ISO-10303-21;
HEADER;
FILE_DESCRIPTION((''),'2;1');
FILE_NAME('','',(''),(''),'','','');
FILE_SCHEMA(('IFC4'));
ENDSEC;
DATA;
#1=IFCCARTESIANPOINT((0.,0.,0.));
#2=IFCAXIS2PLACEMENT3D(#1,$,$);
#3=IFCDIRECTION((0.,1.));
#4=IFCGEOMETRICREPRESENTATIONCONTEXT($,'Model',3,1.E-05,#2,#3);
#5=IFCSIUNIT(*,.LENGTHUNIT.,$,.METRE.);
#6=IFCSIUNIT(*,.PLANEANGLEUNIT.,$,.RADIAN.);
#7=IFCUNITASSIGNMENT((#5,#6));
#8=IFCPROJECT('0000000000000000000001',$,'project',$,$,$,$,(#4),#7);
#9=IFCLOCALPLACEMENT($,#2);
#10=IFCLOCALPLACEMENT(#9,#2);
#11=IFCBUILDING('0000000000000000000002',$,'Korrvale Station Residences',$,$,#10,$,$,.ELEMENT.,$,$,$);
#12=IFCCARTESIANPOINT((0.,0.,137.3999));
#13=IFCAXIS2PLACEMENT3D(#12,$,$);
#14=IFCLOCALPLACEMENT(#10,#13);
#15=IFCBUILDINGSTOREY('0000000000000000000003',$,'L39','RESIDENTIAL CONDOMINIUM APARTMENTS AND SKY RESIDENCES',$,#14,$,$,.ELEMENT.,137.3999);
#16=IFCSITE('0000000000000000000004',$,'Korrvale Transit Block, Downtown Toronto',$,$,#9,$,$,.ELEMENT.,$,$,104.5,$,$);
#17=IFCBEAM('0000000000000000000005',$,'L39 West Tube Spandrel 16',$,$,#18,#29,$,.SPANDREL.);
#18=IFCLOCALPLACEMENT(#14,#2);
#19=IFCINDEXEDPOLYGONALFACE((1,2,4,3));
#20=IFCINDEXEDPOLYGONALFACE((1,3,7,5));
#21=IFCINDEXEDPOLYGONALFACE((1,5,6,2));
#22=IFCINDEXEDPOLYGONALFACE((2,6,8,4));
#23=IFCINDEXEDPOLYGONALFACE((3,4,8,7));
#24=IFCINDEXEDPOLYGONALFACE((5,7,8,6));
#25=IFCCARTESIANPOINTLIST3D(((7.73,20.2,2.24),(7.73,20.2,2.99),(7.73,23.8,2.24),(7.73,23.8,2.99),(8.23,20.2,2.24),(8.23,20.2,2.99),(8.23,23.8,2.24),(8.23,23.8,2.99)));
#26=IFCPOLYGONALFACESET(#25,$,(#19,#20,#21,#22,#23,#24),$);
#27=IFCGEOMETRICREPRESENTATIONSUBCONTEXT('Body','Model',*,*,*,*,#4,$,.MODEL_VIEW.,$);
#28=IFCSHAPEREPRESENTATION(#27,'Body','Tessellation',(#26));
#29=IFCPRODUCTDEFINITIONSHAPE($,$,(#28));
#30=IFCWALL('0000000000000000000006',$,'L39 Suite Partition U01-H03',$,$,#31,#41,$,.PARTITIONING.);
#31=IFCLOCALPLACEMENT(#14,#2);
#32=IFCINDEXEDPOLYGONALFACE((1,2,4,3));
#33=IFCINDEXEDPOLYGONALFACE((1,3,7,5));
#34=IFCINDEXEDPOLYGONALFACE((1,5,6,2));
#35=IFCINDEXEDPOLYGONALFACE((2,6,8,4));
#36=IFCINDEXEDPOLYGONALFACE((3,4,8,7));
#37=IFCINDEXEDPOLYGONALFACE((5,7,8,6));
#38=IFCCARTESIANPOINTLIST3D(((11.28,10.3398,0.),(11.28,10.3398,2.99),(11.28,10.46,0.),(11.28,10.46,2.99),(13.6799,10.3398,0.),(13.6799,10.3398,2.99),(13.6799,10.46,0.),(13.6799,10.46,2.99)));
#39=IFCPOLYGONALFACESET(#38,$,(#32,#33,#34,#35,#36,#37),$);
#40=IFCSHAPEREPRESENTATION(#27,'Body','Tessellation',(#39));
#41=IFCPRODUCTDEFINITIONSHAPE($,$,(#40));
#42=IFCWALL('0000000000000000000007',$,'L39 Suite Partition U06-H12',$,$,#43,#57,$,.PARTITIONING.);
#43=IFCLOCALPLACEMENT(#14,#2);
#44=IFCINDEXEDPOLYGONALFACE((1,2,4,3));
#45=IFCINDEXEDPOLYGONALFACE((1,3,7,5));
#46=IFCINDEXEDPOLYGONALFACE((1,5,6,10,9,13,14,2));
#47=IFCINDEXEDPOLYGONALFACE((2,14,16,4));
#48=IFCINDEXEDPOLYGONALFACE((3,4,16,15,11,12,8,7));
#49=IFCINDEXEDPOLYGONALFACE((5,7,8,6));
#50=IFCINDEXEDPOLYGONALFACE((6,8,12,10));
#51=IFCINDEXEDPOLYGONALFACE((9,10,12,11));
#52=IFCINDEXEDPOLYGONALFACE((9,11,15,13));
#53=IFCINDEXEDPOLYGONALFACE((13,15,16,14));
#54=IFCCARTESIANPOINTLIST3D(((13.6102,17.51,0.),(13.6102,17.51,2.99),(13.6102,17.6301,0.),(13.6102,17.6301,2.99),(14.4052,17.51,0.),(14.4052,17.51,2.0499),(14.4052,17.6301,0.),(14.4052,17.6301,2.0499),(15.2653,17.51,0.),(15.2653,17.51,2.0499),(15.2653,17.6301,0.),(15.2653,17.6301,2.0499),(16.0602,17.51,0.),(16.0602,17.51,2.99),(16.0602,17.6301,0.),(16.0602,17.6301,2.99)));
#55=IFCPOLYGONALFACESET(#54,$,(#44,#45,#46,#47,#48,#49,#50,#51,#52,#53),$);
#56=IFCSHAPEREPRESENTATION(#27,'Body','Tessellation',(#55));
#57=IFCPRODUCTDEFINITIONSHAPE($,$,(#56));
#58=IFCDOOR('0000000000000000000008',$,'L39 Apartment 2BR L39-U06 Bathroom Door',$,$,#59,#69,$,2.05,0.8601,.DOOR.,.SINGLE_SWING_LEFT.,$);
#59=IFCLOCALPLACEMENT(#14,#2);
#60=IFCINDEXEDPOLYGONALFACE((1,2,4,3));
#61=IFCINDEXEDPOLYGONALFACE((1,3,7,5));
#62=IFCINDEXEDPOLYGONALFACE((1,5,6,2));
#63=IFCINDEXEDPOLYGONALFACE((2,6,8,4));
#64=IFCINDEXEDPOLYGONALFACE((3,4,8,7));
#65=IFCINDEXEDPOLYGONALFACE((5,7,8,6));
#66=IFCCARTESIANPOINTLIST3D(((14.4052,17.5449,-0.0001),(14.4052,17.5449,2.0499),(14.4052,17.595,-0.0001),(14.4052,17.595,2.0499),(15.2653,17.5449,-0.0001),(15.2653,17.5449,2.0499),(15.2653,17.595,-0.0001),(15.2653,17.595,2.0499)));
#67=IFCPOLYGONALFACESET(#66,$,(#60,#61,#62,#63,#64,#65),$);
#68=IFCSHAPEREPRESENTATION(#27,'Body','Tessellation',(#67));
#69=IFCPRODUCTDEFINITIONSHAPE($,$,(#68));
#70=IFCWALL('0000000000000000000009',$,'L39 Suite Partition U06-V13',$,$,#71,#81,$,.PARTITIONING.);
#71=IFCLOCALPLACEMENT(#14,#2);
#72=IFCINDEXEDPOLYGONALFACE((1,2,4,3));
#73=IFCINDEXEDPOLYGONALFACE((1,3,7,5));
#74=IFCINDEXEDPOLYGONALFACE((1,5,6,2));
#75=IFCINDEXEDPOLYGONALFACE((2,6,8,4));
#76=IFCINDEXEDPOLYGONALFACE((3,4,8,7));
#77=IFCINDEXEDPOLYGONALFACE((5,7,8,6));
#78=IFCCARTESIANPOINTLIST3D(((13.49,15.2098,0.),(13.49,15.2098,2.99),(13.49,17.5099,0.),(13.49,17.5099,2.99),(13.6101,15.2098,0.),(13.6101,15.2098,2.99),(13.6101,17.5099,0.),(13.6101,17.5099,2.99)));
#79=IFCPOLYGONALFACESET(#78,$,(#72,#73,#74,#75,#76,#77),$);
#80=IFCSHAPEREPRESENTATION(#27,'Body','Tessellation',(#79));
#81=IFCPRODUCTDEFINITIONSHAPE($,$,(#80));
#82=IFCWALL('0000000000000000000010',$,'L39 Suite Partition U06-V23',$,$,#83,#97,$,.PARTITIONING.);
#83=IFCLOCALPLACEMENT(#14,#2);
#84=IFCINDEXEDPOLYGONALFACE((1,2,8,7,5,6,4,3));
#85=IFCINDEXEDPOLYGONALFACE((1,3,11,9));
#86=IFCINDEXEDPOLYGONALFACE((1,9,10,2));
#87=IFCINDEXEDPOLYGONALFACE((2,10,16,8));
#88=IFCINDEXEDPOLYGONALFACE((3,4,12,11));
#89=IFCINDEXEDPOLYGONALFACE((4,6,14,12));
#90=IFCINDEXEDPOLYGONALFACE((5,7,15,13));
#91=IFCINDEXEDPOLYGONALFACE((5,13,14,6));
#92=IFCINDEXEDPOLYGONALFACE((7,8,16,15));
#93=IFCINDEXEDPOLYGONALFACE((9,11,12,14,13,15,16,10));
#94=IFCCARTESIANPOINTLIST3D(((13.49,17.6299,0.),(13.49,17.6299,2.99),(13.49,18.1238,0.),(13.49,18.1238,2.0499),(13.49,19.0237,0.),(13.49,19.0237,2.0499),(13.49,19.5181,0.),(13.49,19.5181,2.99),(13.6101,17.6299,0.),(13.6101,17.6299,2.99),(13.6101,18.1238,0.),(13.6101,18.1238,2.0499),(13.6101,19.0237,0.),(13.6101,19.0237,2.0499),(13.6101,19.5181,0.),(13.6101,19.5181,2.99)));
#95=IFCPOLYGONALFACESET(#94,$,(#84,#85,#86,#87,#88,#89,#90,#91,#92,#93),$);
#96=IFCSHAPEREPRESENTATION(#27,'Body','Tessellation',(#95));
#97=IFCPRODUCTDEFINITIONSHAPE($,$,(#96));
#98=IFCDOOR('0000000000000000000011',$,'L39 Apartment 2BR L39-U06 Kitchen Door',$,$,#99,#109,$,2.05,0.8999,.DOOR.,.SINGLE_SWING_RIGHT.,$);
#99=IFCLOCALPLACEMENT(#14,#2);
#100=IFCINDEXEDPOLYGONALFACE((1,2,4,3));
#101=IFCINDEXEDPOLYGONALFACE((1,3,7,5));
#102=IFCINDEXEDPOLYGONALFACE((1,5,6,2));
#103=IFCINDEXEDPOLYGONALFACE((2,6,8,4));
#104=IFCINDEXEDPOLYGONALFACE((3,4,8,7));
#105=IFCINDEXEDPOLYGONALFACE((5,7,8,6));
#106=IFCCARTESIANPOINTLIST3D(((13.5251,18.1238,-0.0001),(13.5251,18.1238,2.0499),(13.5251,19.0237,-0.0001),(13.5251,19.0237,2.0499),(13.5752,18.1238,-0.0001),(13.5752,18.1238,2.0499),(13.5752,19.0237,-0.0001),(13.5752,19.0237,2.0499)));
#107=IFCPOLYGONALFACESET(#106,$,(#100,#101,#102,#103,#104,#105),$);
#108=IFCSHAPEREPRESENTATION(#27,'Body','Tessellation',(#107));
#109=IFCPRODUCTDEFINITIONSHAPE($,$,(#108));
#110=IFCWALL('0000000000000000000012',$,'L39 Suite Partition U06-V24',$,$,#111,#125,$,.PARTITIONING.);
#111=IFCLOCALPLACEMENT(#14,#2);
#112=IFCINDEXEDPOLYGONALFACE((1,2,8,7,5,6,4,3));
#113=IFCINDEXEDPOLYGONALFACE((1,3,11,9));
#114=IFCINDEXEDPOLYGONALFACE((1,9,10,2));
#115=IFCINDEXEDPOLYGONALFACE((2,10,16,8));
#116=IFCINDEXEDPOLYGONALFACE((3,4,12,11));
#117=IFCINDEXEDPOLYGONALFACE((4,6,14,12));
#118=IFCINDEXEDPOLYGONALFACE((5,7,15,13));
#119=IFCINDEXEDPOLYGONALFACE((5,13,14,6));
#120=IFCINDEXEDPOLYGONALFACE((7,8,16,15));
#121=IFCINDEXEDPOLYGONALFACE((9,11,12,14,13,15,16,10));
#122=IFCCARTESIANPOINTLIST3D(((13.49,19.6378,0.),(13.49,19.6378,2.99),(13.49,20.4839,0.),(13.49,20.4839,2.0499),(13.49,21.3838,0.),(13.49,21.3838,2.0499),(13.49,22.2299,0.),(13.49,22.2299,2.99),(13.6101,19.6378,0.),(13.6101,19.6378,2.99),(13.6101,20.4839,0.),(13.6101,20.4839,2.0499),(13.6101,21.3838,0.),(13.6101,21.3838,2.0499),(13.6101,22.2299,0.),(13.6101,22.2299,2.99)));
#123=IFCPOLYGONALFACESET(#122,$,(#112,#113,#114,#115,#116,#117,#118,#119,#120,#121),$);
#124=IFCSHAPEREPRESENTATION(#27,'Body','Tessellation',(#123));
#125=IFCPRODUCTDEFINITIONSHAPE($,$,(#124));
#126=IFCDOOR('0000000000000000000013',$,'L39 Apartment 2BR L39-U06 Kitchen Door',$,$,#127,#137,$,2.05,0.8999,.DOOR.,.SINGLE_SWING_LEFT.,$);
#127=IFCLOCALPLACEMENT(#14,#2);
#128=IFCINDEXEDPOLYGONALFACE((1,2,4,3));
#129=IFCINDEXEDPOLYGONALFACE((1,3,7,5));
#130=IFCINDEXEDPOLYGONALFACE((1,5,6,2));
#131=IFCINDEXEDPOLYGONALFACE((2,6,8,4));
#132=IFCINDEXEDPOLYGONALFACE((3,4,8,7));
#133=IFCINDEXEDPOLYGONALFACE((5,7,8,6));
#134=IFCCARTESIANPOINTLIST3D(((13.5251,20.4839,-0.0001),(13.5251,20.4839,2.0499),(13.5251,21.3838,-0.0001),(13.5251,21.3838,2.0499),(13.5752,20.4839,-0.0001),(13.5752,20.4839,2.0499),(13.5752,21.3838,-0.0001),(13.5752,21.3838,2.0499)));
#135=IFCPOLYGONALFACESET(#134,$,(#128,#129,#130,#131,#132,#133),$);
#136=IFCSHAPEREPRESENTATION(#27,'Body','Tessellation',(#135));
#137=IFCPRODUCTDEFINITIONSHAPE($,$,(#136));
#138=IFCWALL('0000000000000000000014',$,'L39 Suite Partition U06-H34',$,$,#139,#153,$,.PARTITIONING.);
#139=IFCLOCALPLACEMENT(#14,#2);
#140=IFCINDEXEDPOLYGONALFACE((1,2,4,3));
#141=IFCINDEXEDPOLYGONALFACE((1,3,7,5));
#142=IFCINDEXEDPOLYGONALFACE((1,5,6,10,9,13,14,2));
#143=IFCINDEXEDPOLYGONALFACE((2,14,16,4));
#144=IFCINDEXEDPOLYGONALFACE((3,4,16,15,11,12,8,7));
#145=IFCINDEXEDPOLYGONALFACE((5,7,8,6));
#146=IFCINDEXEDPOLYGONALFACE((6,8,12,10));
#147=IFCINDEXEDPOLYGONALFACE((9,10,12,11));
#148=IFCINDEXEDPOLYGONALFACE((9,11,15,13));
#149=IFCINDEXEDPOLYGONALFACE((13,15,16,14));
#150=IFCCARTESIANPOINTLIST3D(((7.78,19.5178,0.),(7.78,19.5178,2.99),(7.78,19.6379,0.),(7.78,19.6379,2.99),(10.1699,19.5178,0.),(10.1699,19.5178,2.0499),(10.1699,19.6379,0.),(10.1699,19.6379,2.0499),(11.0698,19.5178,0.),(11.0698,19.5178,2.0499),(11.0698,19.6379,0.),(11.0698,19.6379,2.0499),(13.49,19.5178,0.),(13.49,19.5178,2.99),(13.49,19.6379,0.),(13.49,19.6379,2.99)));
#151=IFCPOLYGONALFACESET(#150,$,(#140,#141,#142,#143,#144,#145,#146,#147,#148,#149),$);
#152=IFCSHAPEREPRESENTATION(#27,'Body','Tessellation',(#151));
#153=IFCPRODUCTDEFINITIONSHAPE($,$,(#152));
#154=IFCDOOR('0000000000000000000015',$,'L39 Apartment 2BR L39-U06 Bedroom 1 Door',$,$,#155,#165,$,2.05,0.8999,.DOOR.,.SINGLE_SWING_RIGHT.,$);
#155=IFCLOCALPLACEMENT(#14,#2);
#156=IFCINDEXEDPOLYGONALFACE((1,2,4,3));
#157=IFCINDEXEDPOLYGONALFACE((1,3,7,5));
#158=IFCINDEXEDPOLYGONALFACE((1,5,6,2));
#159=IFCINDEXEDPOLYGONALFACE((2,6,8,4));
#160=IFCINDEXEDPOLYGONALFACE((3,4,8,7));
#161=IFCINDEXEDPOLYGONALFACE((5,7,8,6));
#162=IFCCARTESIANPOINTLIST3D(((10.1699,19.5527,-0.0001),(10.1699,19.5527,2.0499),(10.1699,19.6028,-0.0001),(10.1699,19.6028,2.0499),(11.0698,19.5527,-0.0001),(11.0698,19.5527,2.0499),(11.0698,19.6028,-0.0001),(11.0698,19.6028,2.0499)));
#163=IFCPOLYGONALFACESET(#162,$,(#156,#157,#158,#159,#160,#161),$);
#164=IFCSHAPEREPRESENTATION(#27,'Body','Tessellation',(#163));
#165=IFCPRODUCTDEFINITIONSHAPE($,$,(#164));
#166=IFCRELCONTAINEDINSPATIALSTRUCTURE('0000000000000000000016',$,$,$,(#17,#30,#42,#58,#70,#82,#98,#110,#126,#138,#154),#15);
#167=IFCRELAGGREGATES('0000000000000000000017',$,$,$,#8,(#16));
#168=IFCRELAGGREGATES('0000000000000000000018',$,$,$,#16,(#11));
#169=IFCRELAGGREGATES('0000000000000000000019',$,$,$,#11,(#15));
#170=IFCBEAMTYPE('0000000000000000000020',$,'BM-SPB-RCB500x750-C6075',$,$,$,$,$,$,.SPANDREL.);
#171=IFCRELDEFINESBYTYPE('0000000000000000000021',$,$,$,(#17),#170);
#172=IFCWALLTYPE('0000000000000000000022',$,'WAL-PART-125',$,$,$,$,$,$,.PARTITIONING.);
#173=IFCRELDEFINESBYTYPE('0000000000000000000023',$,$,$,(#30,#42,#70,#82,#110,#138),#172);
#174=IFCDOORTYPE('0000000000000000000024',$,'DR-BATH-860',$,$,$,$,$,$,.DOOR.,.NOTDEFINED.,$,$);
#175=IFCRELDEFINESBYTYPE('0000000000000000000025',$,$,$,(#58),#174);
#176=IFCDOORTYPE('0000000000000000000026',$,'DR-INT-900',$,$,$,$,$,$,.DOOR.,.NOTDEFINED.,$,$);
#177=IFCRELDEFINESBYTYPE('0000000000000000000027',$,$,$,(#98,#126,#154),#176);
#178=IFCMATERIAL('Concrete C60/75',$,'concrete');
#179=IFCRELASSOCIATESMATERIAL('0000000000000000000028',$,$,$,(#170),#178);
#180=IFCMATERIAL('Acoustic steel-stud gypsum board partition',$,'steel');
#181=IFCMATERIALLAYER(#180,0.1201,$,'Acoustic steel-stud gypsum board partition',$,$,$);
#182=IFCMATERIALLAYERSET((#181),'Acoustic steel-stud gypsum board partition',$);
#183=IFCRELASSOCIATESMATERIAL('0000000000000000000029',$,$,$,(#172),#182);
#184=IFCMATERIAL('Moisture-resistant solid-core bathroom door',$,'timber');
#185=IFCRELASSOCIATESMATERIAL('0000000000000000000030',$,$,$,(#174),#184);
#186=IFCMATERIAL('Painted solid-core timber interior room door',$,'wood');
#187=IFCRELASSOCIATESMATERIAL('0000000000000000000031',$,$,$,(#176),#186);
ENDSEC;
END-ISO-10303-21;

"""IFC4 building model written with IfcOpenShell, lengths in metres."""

from ifc_helpers import new_model, si_unit, direction, frame, frame_2d, origin, origin_2d, place, context, subcontext, project, spatial, rectangle, extrude, material, layer, layer_set, material_profile, profile_set, type_object, element, fill, save


model = new_model("IFC4")

# Units and contexts
model_context = context("Model", 3, precision=1e-05, world=origin(), true_north=direction((0.0, 1.0)))
body_context = subcontext(model_context, "Body", "Model", "MODEL_VIEW")
ifc_project = project(units=[si_unit("LENGTHUNIT", "METRE"), si_unit("PLANEANGLEUNIT", "RADIAN")], contexts=[model_context])

# Site, building, storey
site_placement = place(None, origin())
site = spatial("IfcSite", under=ifc_project, at=site_placement, Name="Korrvale Transit Block, Downtown Toronto", CompositionType="ELEMENT", RefElevation=104.5)
building_placement = place(site_placement, origin())
building = spatial("IfcBuilding", under=site, at=building_placement, Name="Korrvale Station Residences", CompositionType="ELEMENT")
storey_placement = place(building_placement, frame((0.0, 0.0, 137.3999)))
storey = spatial("IfcBuildingStorey", under=building, at=storey_placement, Name="L39", Description="RESIDENTIAL CONDOMINIUM APARTMENTS AND SKY RESIDENCES", CompositionType="ELEMENT", Elevation=137.3999)

# Shared definitions
ifc_material_1 = material(Name="Concrete C60/75", Category="concrete")

# Beam
ifc_material_profile_1 = material_profile(ifc_material_1, rectangle(XDim=0.5, YDim=0.75, at=origin_2d()), Name="RCB500x750")
ifc_profile_set_1 = profile_set([ifc_material_profile_1], Name="Concrete C60/75")
beam_type_1 = type_object("IfcBeamType", Name="BM-SPB-RCB500x750-C6075", PredefinedType="SPANDREL", material=ifc_profile_set_1)
beam_1_placement = place(storey_placement, frame((7.98, 20.2, 2.615), z_axis=(0.0, 1.0, 0.0), x_axis=(-1.0, 0.0, 0.0)))
element("IfcBeam", 1, at=beam_1_placement, inside=storey, type_object=beam_type_1, Name="L39 West Tube Spandrel 16", PredefinedType="SPANDREL", context=body_context, shape_type="SweptSolid", body=[
    extrude(rectangle(XDim=0.5, YDim=0.75, at=origin_2d()), origin(), (0.0, 0.0, 1.0), 3.6001),
])

# Wall
ifc_material_2 = material(Name="Acoustic steel-stud gypsum board partition", Category="steel")
ifc_layer_1 = layer(ifc_material_2, 0.1201, Name="Acoustic steel-stud gypsum board partition")
ifc_layer_set_1 = layer_set([ifc_layer_1], Name="Acoustic steel-stud gypsum board partition")
wall_type_1 = type_object("IfcWallType", Name="WAL-PART-125", PredefinedType="PARTITIONING", material=ifc_layer_set_1)
wall_1_placement = place(storey_placement, frame((11.28, 10.3999, 0.0), z_axis=(0.0, 0.0, 1.0), x_axis=(1.0, 0.0, 0.0)))
element("IfcWall", 2, at=wall_1_placement, inside=storey, type_object=wall_type_1, Name="L39 Suite Partition U01-H03", PredefinedType="PARTITIONING", context=body_context, shape_type="SweptSolid", body=[
    extrude(rectangle(XDim=2.3999, YDim=0.1201, at=frame_2d((1.2, 0.0))), origin(), (0.0, 0.0, 1.0), 2.99),
])

# Wall, opening, door
wall_2_placement = place(storey_placement, frame((13.6101, 17.5701, 0.0), z_axis=(0.0, 0.0, 1.0), x_axis=(1.0, 0.0, 0.0)))
wall_2 = element("IfcWall", 3, at=wall_2_placement, inside=storey, type_object=wall_type_1, Name="L39 Suite Partition U06-H12", PredefinedType="PARTITIONING", context=body_context, shape_type="SweptSolid", body=[
    extrude(rectangle(XDim=2.45, YDim=0.1201, at=frame_2d((1.2251, 0.0))), origin(), (0.0, 0.0, 1.0), 2.99),
])
opening_1_placement = place(wall_2_placement, frame((0.7949, 0.0, 0.0)))
opening_1 = element("IfcOpeningElement", 4, at=opening_1_placement, cuts=wall_2, PredefinedType="OPENING", context=body_context, shape_type="SweptSolid", body=[
    extrude(rectangle(XDim=0.8601, YDim=2.05, at=frame_2d((0.4302, 1.0249))), frame((0.0, 0.0701, 0.0), z_axis=(0.0, -1.0, 0.0), x_axis=(1.0, 0.0, 0.0)), (0.0, 0.0, 1.0), 0.1401),
])
ifc_material_3 = material(Name="Moisture-resistant solid-core bathroom door", Category="timber")
door_type_1 = type_object("IfcDoorType", Name="DR-BATH-860", OperationType="NOTDEFINED", PredefinedType="DOOR", material=ifc_material_3)
door_1_placement = place(opening_1_placement, origin())
door_1 = element("IfcDoor", 5, at=door_1_placement, inside=storey, type_object=door_type_1, Name="L39 Apartment 2BR L39-U06 Bathroom Door", OperationType="SINGLE_SWING_LEFT", OverallHeight=2.05, OverallWidth=0.8601, PredefinedType="DOOR", context=body_context, shape_type="SweptSolid", body=[
    extrude(rectangle(XDim=0.8601, YDim=2.05, at=frame_2d((0.4302, 1.0249))), frame((0.0, 0.0249, 0.0), z_axis=(0.0, -1.0, 0.0), x_axis=(1.0, 0.0, 0.0)), (0.0, 0.0, 1.0), 0.05),
])
fill(opening_1, door_1)

# Wall
wall_3_placement = place(storey_placement, frame((13.55, 15.21, 0.0), z_axis=(0.0, 0.0, 1.0), x_axis=(0.0, 1.0, 0.0)))
element("IfcWall", 6, at=wall_3_placement, inside=storey, type_object=wall_type_1, Name="L39 Suite Partition U06-V13", PredefinedType="PARTITIONING", context=body_context, shape_type="SweptSolid", body=[
    extrude(rectangle(XDim=2.3, YDim=0.1201, at=frame_2d((1.1499, 0.0))), origin(), (0.0, 0.0, 1.0), 2.99),
])

# Walls, openings, doors
wall_4_placement = place(storey_placement, frame((13.55, 17.6299, 0.0), z_axis=(0.0, 0.0, 1.0), x_axis=(0.0, 1.0, 0.0)))
wall_4 = element("IfcWall", 7, at=wall_4_placement, inside=storey, type_object=wall_type_1, Name="L39 Suite Partition U06-V23", PredefinedType="PARTITIONING", context=body_context, shape_type="SweptSolid", body=[
    extrude(rectangle(XDim=1.8882, YDim=0.1201, at=frame_2d((0.9441, 0.0))), origin(), (0.0, 0.0, 1.0), 2.99),
])
opening_2_placement = place(wall_4_placement, frame((0.4939, 0.0, 0.0)))
opening_2 = element("IfcOpeningElement", 8, at=opening_2_placement, cuts=wall_4, PredefinedType="OPENING", context=body_context, shape_type="SweptSolid", body=[
    extrude(rectangle(XDim=0.8999, YDim=2.05, at=frame_2d((0.45, 1.0249))), frame((0.0, 0.0701, 0.0), z_axis=(0.0, -1.0, 0.0), x_axis=(1.0, 0.0, 0.0)), (0.0, 0.0, 1.0), 0.1401),
])
ifc_material_4 = material(Name="Painted solid-core timber interior room door", Category="wood")
door_type_2 = type_object("IfcDoorType", Name="DR-INT-900", OperationType="NOTDEFINED", PredefinedType="DOOR", material=ifc_material_4)
door_2_placement = place(opening_2_placement, origin())
door_2 = element("IfcDoor", 9, at=door_2_placement, inside=storey, type_object=door_type_2, Name="L39 Apartment 2BR L39-U06 Kitchen Door", OperationType="SINGLE_SWING_RIGHT", OverallHeight=2.05, OverallWidth=0.8999, PredefinedType="DOOR", context=body_context, shape_type="SweptSolid", body=[
    extrude(rectangle(XDim=0.8999, YDim=2.05, at=frame_2d((0.45, 1.0249))), frame((0.0, 0.0249, 0.0), z_axis=(0.0, -1.0, 0.0), x_axis=(1.0, 0.0, 0.0)), (0.0, 0.0, 1.0), 0.05),
])
fill(opening_2, door_2)
wall_5_placement = place(storey_placement, frame((13.55, 19.6379, 0.0), z_axis=(0.0, 0.0, 1.0), x_axis=(0.0, 1.0, 0.0)))
wall_5 = element("IfcWall", 10, at=wall_5_placement, inside=storey, type_object=wall_type_1, Name="L39 Suite Partition U06-V24", PredefinedType="PARTITIONING", context=body_context, shape_type="SweptSolid", body=[
    extrude(rectangle(XDim=2.592, YDim=0.1201, at=frame_2d((1.2959, 0.0))), origin(), (0.0, 0.0, 1.0), 2.99),
])
opening_3_placement = place(wall_5_placement, frame((0.8459, 0.0, 0.0)))
opening_3 = element("IfcOpeningElement", 11, at=opening_3_placement, cuts=wall_5, PredefinedType="OPENING", context=body_context, shape_type="SweptSolid", body=[
    extrude(rectangle(XDim=0.8999, YDim=2.05, at=frame_2d((0.45, 1.0249))), frame((0.0, 0.0701, 0.0), z_axis=(0.0, -1.0, 0.0), x_axis=(1.0, 0.0, 0.0)), (0.0, 0.0, 1.0), 0.1401),
])
door_3_placement = place(opening_3_placement, origin())
door_3 = element("IfcDoor", 12, at=door_3_placement, inside=storey, type_object=door_type_2, Name="L39 Apartment 2BR L39-U06 Kitchen Door", OperationType="SINGLE_SWING_LEFT", OverallHeight=2.05, OverallWidth=0.8999, PredefinedType="DOOR", context=body_context, shape_type="SweptSolid", body=[
    extrude(rectangle(XDim=0.8999, YDim=2.05, at=frame_2d((0.45, 1.0249))), frame((0.0, 0.0249, 0.0), z_axis=(0.0, -1.0, 0.0), x_axis=(1.0, 0.0, 0.0)), (0.0, 0.0, 1.0), 0.05),
])
fill(opening_3, door_3)
wall_6_placement = place(storey_placement, frame((7.78, 19.5779, 0.0), z_axis=(0.0, 0.0, 1.0), x_axis=(1.0, 0.0, 0.0)))
wall_6 = element("IfcWall", 13, at=wall_6_placement, inside=storey, type_object=wall_type_1, Name="L39 Suite Partition U06-H34", PredefinedType="PARTITIONING", context=body_context, shape_type="SweptSolid", body=[
    extrude(rectangle(XDim=5.71, YDim=0.1201, at=frame_2d((2.855, 0.0))), origin(), (0.0, 0.0, 1.0), 2.99),
])
opening_4_placement = place(wall_6_placement, frame((2.3899, 0.0, 0.0)))
opening_4 = element("IfcOpeningElement", 14, at=opening_4_placement, cuts=wall_6, PredefinedType="OPENING", context=body_context, shape_type="SweptSolid", body=[
    extrude(rectangle(XDim=0.8999, YDim=2.05, at=frame_2d((0.45, 1.0249))), frame((0.0, 0.0701, 0.0), z_axis=(0.0, -1.0, 0.0), x_axis=(1.0, 0.0, 0.0)), (0.0, 0.0, 1.0), 0.1401),
])
door_4_placement = place(opening_4_placement, origin())
door_4 = element("IfcDoor", 15, at=door_4_placement, inside=storey, type_object=door_type_2, Name="L39 Apartment 2BR L39-U06 Bedroom 1 Door", OperationType="SINGLE_SWING_RIGHT", OverallHeight=2.05, OverallWidth=0.8999, PredefinedType="DOOR", context=body_context, shape_type="SweptSolid", body=[
    extrude(rectangle(XDim=0.8999, YDim=2.05, at=frame_2d((0.45, 1.0249))), frame((0.0, 0.0249, 0.0), z_axis=(0.0, -1.0, 0.0), x_axis=(1.0, 0.0, 0.0)), (0.0, 0.0, 1.0), 0.05),
])
fill(opening_4, door_4)

save(model, "model.ifc")
